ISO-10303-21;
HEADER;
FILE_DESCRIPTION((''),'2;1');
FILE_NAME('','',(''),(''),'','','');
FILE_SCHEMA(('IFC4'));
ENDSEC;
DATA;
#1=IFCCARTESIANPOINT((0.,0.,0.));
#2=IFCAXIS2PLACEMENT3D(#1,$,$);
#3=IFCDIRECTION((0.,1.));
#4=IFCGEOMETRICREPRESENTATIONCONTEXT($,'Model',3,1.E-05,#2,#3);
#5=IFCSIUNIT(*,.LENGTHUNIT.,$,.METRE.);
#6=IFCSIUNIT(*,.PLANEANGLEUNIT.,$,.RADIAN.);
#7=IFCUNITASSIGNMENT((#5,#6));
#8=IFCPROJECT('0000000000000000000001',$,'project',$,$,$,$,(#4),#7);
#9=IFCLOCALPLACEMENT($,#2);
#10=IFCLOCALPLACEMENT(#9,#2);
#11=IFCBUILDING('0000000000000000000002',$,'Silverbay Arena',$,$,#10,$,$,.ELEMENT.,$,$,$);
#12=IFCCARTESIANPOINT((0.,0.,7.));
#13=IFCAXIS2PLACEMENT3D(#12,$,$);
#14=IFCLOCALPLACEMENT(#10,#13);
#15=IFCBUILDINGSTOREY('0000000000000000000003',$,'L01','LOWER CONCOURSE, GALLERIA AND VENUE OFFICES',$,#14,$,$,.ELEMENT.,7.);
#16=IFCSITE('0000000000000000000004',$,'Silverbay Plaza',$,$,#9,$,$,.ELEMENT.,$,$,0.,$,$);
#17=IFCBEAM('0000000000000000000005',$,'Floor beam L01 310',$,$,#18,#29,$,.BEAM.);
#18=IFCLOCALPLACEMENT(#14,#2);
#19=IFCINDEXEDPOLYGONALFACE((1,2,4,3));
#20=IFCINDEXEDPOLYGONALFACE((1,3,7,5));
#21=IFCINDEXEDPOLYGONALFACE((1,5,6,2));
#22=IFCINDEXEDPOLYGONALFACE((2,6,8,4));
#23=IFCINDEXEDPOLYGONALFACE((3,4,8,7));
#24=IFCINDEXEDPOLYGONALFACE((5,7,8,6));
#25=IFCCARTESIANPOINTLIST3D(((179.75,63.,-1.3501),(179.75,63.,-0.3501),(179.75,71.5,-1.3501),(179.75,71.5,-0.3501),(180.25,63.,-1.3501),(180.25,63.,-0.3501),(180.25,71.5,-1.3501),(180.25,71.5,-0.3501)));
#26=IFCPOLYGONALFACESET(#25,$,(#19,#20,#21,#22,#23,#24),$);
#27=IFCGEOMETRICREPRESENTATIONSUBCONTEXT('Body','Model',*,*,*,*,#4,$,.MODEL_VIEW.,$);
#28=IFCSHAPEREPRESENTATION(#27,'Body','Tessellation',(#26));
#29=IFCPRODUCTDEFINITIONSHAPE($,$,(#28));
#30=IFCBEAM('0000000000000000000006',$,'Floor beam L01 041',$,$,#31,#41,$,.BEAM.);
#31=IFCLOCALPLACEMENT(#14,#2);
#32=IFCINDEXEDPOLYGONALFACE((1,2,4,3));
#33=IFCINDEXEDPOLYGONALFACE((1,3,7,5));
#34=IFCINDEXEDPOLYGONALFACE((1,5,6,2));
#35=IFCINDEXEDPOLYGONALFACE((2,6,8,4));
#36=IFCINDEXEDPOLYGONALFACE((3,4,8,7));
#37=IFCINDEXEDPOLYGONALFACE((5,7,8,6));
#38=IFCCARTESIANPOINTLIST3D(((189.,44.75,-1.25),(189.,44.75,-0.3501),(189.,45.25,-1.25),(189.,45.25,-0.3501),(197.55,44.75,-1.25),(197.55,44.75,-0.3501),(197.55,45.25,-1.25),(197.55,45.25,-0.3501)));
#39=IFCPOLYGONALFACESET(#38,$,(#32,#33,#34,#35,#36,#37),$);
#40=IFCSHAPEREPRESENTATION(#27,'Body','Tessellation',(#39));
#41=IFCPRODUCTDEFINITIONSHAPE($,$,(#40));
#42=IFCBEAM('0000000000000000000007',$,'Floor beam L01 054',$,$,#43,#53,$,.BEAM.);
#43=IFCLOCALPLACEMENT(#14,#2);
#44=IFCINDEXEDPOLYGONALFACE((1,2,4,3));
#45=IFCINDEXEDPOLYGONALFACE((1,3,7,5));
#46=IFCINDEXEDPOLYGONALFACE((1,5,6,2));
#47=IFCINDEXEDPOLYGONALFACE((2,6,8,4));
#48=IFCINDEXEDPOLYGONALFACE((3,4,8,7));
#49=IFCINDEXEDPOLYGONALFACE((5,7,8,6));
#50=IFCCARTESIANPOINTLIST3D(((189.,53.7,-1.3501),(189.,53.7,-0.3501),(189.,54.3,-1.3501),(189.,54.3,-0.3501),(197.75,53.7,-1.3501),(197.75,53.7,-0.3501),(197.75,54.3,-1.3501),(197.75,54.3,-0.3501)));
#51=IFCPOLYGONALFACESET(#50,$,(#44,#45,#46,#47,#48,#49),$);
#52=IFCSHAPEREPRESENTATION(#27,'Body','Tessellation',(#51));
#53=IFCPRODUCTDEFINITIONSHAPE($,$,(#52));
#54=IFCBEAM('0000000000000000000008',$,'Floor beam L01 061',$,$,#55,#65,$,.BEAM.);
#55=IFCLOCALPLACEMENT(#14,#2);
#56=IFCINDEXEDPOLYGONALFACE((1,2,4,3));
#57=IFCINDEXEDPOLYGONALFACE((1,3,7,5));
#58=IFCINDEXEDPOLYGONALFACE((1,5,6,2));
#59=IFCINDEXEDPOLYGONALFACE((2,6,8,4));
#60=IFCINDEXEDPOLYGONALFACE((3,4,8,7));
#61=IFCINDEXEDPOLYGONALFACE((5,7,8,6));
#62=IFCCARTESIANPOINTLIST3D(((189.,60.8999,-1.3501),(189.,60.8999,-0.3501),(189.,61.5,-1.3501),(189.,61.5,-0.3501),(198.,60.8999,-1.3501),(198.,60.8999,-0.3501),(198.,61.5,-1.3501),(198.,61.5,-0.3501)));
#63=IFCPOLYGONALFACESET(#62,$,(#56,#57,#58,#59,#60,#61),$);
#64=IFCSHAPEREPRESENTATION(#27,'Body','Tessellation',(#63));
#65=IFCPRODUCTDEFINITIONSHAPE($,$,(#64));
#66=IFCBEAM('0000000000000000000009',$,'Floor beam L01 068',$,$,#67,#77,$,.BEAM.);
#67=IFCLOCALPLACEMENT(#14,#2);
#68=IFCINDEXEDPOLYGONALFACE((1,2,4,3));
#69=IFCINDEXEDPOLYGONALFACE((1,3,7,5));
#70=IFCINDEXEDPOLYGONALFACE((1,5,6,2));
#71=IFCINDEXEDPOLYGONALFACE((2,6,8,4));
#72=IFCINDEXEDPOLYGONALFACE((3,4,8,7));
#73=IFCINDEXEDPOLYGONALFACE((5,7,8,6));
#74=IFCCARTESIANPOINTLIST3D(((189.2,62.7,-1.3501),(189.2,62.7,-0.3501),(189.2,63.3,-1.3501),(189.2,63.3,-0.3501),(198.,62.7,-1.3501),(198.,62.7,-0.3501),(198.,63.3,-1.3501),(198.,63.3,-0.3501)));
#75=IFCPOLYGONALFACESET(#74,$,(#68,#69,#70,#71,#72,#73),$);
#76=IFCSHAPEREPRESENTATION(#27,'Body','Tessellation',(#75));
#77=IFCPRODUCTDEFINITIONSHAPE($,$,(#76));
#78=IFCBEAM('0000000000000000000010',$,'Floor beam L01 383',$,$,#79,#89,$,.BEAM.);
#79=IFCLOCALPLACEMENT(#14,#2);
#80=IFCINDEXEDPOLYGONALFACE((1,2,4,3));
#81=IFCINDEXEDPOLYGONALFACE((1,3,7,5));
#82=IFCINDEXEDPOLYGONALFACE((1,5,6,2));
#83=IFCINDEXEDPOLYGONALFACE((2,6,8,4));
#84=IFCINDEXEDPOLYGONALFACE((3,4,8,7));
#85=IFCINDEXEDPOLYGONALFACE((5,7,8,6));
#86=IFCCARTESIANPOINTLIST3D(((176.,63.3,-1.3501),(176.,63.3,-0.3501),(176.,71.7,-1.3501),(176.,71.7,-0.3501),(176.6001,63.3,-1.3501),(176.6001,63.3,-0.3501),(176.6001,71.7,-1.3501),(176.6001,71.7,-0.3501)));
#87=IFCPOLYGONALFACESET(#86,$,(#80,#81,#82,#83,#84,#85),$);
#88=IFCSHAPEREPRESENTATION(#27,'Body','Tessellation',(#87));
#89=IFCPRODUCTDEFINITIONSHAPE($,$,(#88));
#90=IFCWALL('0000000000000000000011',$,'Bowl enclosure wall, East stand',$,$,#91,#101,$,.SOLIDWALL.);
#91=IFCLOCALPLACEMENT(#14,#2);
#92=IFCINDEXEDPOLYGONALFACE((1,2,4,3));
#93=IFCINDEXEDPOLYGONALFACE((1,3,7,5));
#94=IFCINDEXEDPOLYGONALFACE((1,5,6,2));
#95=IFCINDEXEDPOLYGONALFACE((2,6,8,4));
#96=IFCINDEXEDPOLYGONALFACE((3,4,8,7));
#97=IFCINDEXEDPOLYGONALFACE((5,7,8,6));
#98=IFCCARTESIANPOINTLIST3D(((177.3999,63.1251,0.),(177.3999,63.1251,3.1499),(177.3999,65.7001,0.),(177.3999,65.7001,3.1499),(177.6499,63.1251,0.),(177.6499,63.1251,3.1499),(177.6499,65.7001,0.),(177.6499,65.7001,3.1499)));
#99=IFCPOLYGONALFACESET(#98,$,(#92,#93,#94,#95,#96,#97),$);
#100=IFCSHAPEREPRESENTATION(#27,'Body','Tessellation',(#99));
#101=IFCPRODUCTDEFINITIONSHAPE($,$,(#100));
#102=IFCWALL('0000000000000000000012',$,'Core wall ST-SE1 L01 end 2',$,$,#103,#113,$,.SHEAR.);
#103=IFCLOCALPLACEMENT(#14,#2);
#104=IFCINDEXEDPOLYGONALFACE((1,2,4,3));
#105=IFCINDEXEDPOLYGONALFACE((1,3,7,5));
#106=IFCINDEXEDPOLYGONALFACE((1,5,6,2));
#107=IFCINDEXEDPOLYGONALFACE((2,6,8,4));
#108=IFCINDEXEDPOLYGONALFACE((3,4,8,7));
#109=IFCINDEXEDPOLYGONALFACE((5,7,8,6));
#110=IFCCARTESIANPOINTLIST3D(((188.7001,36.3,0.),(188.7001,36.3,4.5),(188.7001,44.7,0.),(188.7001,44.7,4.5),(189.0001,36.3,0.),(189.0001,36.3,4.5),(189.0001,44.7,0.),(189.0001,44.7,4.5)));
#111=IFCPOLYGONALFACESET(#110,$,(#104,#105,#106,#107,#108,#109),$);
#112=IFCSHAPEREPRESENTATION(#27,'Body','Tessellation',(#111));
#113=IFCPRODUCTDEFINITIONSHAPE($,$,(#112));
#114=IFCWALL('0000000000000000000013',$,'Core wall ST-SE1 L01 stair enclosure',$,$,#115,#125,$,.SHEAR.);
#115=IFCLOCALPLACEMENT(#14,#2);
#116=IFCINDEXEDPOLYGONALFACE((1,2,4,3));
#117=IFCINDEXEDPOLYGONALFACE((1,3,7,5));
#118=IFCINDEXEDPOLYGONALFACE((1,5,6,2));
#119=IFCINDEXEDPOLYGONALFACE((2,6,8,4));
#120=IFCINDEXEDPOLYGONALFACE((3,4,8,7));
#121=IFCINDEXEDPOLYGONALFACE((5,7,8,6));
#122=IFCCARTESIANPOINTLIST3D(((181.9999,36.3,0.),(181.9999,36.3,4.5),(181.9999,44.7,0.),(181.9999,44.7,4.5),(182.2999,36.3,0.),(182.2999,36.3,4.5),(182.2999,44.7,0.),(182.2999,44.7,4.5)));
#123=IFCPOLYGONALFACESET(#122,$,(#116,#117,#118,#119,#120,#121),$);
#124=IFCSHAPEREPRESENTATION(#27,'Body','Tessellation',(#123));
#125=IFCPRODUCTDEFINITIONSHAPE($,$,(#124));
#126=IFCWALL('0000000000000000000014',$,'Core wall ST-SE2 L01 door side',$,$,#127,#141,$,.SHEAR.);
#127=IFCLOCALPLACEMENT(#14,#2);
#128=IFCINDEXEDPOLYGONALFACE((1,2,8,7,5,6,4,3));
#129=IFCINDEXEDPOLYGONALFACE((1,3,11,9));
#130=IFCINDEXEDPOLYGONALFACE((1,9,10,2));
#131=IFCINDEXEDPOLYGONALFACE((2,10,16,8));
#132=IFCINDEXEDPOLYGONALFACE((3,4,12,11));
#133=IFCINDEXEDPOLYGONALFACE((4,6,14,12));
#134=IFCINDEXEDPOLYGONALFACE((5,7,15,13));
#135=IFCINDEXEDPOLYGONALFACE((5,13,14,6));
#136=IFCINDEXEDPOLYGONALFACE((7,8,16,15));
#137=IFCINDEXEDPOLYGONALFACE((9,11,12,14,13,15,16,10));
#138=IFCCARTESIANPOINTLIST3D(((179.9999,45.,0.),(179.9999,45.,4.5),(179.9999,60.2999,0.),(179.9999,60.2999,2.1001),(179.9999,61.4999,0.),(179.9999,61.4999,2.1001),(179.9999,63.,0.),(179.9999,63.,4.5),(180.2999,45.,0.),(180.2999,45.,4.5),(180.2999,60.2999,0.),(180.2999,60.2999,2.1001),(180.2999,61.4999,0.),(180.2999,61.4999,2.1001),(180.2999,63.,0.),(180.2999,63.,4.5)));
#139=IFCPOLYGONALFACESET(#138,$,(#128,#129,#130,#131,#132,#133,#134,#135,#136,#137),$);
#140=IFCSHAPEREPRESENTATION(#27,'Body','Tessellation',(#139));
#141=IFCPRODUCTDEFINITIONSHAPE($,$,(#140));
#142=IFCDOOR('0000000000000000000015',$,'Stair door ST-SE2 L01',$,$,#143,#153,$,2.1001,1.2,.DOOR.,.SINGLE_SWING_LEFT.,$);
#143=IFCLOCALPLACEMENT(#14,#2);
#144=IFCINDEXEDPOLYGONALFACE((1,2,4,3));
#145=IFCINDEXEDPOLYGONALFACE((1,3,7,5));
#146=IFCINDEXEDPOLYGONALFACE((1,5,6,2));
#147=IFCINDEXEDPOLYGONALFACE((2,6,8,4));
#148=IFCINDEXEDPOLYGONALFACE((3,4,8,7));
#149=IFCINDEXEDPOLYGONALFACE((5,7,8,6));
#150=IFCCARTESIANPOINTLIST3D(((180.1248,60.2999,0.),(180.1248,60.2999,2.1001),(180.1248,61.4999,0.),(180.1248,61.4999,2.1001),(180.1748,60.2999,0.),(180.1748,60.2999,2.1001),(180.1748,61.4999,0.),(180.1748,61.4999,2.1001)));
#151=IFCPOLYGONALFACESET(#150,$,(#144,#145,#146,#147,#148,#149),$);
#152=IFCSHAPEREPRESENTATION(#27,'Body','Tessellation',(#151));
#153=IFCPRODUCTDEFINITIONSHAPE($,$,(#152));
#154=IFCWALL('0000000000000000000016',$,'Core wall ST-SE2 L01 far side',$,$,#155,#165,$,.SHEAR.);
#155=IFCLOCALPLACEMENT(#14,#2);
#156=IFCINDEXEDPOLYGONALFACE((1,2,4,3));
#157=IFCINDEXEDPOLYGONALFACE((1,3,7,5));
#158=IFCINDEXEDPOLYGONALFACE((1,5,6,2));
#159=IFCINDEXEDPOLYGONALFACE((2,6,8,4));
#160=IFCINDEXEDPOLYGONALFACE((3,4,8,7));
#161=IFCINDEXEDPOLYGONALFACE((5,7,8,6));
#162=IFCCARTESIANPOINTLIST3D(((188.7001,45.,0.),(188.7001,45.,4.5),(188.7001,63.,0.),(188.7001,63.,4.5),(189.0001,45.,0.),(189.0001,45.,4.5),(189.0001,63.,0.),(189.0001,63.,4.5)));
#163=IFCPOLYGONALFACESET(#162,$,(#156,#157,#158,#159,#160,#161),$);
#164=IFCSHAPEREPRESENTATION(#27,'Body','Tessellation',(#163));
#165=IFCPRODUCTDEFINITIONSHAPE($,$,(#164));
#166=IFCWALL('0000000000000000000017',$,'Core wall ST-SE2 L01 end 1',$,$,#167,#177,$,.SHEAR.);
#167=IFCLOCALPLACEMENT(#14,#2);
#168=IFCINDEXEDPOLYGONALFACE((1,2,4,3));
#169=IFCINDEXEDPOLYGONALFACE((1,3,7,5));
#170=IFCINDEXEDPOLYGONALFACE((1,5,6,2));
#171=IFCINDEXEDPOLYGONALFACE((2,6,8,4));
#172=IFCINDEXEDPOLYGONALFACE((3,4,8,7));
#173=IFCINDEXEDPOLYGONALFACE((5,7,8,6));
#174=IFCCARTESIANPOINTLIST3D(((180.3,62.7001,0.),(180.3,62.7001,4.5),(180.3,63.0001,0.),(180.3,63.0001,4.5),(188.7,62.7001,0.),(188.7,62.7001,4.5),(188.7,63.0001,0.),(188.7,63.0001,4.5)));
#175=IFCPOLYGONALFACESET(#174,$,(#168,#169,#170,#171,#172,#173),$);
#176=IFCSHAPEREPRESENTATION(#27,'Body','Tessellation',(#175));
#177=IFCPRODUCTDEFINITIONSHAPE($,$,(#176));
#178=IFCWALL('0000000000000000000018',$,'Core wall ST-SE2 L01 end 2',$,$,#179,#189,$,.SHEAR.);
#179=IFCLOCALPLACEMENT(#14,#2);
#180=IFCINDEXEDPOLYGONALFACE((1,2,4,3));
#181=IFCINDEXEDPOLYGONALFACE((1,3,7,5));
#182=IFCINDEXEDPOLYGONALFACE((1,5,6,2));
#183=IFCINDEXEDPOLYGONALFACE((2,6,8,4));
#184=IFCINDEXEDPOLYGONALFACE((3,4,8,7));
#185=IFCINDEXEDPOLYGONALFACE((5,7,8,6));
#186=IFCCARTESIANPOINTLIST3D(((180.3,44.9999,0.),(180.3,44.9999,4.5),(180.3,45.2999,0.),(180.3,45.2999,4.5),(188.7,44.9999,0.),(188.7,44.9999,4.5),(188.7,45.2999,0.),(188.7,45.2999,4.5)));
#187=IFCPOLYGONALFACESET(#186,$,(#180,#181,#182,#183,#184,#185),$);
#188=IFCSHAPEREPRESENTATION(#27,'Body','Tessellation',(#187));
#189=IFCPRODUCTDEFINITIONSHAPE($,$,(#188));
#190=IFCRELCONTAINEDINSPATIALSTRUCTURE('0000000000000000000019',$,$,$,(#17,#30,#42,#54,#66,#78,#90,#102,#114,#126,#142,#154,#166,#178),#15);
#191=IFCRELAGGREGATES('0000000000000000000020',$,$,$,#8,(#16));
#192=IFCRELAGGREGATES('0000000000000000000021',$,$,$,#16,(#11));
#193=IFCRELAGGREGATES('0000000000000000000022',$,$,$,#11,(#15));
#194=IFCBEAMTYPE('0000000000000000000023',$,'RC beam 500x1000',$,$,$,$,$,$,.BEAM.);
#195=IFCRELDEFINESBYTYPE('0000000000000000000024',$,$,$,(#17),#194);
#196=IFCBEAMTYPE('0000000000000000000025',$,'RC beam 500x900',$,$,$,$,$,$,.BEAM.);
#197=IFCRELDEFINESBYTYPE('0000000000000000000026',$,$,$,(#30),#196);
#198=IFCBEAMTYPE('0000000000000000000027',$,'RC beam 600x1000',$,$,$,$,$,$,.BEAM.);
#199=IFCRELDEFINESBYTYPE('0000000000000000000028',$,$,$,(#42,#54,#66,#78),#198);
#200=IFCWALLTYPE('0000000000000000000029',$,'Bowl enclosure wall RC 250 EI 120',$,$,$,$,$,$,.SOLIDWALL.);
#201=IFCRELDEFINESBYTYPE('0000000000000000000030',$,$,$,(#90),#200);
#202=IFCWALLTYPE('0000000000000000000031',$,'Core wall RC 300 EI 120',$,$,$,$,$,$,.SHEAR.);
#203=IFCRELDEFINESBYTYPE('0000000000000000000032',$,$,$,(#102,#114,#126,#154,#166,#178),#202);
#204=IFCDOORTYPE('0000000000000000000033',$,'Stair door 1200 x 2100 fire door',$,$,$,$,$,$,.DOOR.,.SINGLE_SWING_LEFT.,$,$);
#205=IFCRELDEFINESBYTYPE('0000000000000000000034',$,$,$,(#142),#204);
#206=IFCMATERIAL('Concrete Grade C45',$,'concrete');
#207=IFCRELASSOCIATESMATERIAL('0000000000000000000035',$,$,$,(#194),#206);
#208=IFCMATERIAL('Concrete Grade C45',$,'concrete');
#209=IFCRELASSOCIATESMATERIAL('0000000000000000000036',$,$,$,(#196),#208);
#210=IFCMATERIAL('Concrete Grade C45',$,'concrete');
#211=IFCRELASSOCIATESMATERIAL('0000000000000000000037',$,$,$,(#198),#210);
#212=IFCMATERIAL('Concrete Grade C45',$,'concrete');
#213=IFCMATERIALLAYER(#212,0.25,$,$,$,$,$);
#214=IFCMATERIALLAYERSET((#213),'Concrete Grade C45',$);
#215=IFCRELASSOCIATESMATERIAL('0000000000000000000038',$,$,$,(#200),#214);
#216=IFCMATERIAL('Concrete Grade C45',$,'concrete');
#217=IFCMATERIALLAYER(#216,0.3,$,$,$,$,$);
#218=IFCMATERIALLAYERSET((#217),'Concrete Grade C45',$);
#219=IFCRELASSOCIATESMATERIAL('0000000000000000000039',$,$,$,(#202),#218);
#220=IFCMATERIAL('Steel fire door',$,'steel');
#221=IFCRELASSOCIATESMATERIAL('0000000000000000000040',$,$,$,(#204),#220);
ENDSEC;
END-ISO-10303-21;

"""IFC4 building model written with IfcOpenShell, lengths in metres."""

from ifc_helpers import new_model, si_unit, direction, frame, frame_2d, origin, origin_2d, place, context, subcontext, project, spatial, rectangle, extrude, material, layer, layer_set, material_profile, profile_set, type_object, element, fill, save


model = new_model("IFC4")

# Units and contexts
model_context = context("Model", 3, precision=1e-05, world=origin(), true_north=direction((0.0, 1.0)))
body_context = subcontext(model_context, "Body", "Model", "MODEL_VIEW")
ifc_project = project(units=[si_unit("LENGTHUNIT", "METRE"), si_unit("PLANEANGLEUNIT", "RADIAN")], contexts=[model_context])

# Site, building, storey
site_placement = place(None, origin())
site = spatial("IfcSite", under=ifc_project, at=site_placement, Name="Silverbay Plaza", CompositionType="ELEMENT", RefElevation=0.0)
building_placement = place(site_placement, origin())
building = spatial("IfcBuilding", under=site, at=building_placement, Name="Silverbay Arena", CompositionType="ELEMENT")
storey_placement = place(building_placement, frame((0.0, 0.0, 7.0)))
storey = spatial("IfcBuildingStorey", under=building, at=storey_placement, Name="L01", Description="LOWER CONCOURSE, GALLERIA AND VENUE OFFICES", CompositionType="ELEMENT", Elevation=7.0)

# Beams
ifc_material_1 = material(Name="Concrete Grade C45", Category="concrete")
ifc_material_profile_1 = material_profile(ifc_material_1, rectangle(XDim=0.5, YDim=1.0, at=origin_2d()), Name="RC 500x1000")
ifc_profile_set_1 = profile_set([ifc_material_profile_1], Name="Concrete Grade C45")
beam_type_1 = type_object("IfcBeamType", Name="RC beam 500x1000", PredefinedType="BEAM", material=ifc_profile_set_1)
beam_1_placement = place(storey_placement, frame((180.0, 63.0, -0.8501), z_axis=(0.0, 1.0, 0.0), x_axis=(-1.0, 0.0, 0.0)))
element("IfcBeam", 1, at=beam_1_placement, inside=storey, type_object=beam_type_1, Name="Floor beam L01 310", PredefinedType="BEAM", context=body_context, shape_type="SweptSolid", body=[
    extrude(rectangle(XDim=0.5, YDim=1.0, at=origin_2d()), origin(), (0.0, 0.0, 1.0), 8.5),
])
ifc_material_2 = material(Name="Concrete Grade C45", Category="concrete")
ifc_material_profile_2 = material_profile(ifc_material_2, rectangle(XDim=0.5, YDim=0.8999, at=origin_2d()), Name="RC 500x900")
ifc_profile_set_2 = profile_set([ifc_material_profile_2], Name="Concrete Grade C45")
beam_type_2 = type_object("IfcBeamType", Name="RC beam 500x900", PredefinedType="BEAM", material=ifc_profile_set_2)
beam_2_placement = place(storey_placement, frame((189.0, 45.0, -0.8), z_axis=(1.0, 0.0, 0.0), x_axis=(0.0, 1.0, 0.0)))
element("IfcBeam", 2, at=beam_2_placement, inside=storey, type_object=beam_type_2, Name="Floor beam L01 041", PredefinedType="BEAM", context=body_context, shape_type="SweptSolid", body=[
    extrude(rectangle(XDim=0.5, YDim=0.8999, at=origin_2d()), origin(), (0.0, 0.0, 1.0), 8.55),
])
ifc_material_3 = material(Name="Concrete Grade C45", Category="concrete")
ifc_material_profile_3 = material_profile(ifc_material_3, rectangle(XDim=0.6001, YDim=1.0, at=origin_2d()), Name="RC 600x1000")
ifc_profile_set_3 = profile_set([ifc_material_profile_3], Name="Concrete Grade C45")
beam_type_3 = type_object("IfcBeamType", Name="RC beam 600x1000", PredefinedType="BEAM", material=ifc_profile_set_3)
beam_3_placement = place(storey_placement, frame((189.0, 54.0, -0.8501), z_axis=(1.0, 0.0, 0.0), x_axis=(0.0, 1.0, 0.0)))
element("IfcBeam", 3, at=beam_3_placement, inside=storey, type_object=beam_type_3, Name="Floor beam L01 054", PredefinedType="BEAM", context=body_context, shape_type="SweptSolid", body=[
    extrude(rectangle(XDim=0.6001, YDim=1.0, at=origin_2d()), origin(), (0.0, 0.0, 1.0), 8.75),
])
beam_4_placement = place(storey_placement, frame((189.0, 61.2, -0.8501), z_axis=(1.0, 0.0, 0.0), x_axis=(0.0, 1.0, 0.0)))
element("IfcBeam", 4, at=beam_4_placement, inside=storey, type_object=beam_type_3, Name="Floor beam L01 061", PredefinedType="BEAM", context=body_context, shape_type="SweptSolid", body=[
    extrude(rectangle(XDim=0.6001, YDim=1.0, at=origin_2d()), origin(), (0.0, 0.0, 1.0), 9.0),
])
beam_5_placement = place(storey_placement, frame((189.2, 63.0, -0.8501), z_axis=(1.0, 0.0, 0.0), x_axis=(0.0, 1.0, 0.0)))
element("IfcBeam", 5, at=beam_5_placement, inside=storey, type_object=beam_type_3, Name="Floor beam L01 068", PredefinedType="BEAM", context=body_context, shape_type="SweptSolid", body=[
    extrude(rectangle(XDim=0.6001, YDim=1.0, at=origin_2d()), origin(), (0.0, 0.0, 1.0), 8.8),
])
beam_6_placement = place(storey_placement, frame((176.3, 63.3, -0.8501), z_axis=(0.0, 1.0, 0.0), x_axis=(-1.0, 0.0, 0.0)))
element("IfcBeam", 6, at=beam_6_placement, inside=storey, type_object=beam_type_3, Name="Floor beam L01 383", PredefinedType="BEAM", context=body_context, shape_type="SweptSolid", body=[
    extrude(rectangle(XDim=0.6001, YDim=1.0, at=origin_2d()), origin(), (0.0, 0.0, 1.0), 8.3999),
])

# Shared definitions
ifc_material_4 = material(Name="Concrete Grade C45", Category="concrete")
ifc_layer_1 = layer(ifc_material_4, 0.25)
ifc_layer_set_1 = layer_set([ifc_layer_1], Name="Concrete Grade C45")
wall_type_1 = type_object("IfcWallType", Name="Bowl enclosure wall RC 250 EI 120", PredefinedType="SOLIDWALL", material=ifc_layer_set_1)

# Walls
wall_1_placement = place(storey_placement, frame((177.5249, 63.125, 0.0), z_axis=(0.0, 0.0, 1.0), x_axis=(0.0, 1.0, 0.0)))
element("IfcWall", 7, at=wall_1_placement, inside=storey, type_object=wall_type_1, Name="Bowl enclosure wall, East stand", PredefinedType="SOLIDWALL", context=body_context, shape_type="SweptSolid", body=[
    extrude(rectangle(XDim=2.575, YDim=0.25, at=frame_2d((1.2876, 0.0))), origin(), (0.0, 0.0, 1.0), 3.1499),
])
ifc_material_5 = material(Name="Concrete Grade C45", Category="concrete")
ifc_layer_2 = layer(ifc_material_5, 0.3)
ifc_layer_set_2 = layer_set([ifc_layer_2], Name="Concrete Grade C45")
wall_type_2 = type_object("IfcWallType", Name="Core wall RC 300 EI 120", PredefinedType="SHEAR", material=ifc_layer_set_2)
for number, where, z_axis, x_axis, name in (
    (8, (188.8501, 44.7, 0.0), (0.0, 0.0, 1.0), (0.0, -1.0, 0.0), "Core wall ST-SE1 L01 end 2"),
    (9, (182.1499, 44.7, 0.0), (0.0, 0.0, 1.0), (0.0, -1.0, 0.0), "Core wall ST-SE1 L01 stair enclosure"),
):
    element("IfcWall", number, at=place(storey_placement, frame(where, z_axis=z_axis, x_axis=x_axis)), inside=storey, type_object=wall_type_2, Name=name, PredefinedType="SHEAR", context=body_context, shape_type="SweptSolid", body=[
        extrude(rectangle(XDim=8.3999, YDim=0.3, at=frame_2d((4.2, 0.0))), origin(), (0.0, 0.0, 1.0), 4.5),
    ])

# Wall, opening, door
wall_2_placement = place(storey_placement, frame((180.1499, 63.0, 0.0), z_axis=(0.0, 0.0, 1.0), x_axis=(0.0, -1.0, 0.0)))
wall_2 = element("IfcWall", 10, at=wall_2_placement, inside=storey, type_object=wall_type_2, Name="Core wall ST-SE2 L01 door side", PredefinedType="SHEAR", context=body_context, shape_type="SweptSolid", body=[
    extrude(rectangle(XDim=18.0, YDim=0.3, at=frame_2d((9.0, 0.0))), origin(), (0.0, 0.0, 1.0), 4.5),
])
opening_1_placement = place(wall_2_placement, frame((1.5, 0.0, 0.0)))
opening_1 = element("IfcOpeningElement", 11, at=opening_1_placement, cuts=wall_2, PredefinedType="OPENING", context=body_context, shape_type="SweptSolid", body=[
    extrude(rectangle(XDim=1.2, YDim=2.1001, at=frame_2d((0.6001, 1.05))), frame((0.0, 0.1602, 0.0), z_axis=(0.0, -1.0, 0.0), x_axis=(1.0, 0.0, 0.0)), (0.0, 0.0, 1.0), 0.3201),
])
ifc_material_6 = material(Name="Steel fire door", Category="steel")
door_type_1 = type_object("IfcDoorType", Name="Stair door 1200 x 2100 fire door", OperationType="SINGLE_SWING_LEFT", PredefinedType="DOOR", material=ifc_material_6)
door_1_placement = place(opening_1_placement, origin())
door_1 = element("IfcDoor", 12, at=door_1_placement, inside=storey, type_object=door_type_1, Name="Stair door ST-SE2 L01", OperationType="SINGLE_SWING_LEFT", OverallHeight=2.1001, OverallWidth=1.2, PredefinedType="DOOR", context=body_context, shape_type="SweptSolid", body=[
    extrude(rectangle(XDim=1.2, YDim=2.1001, at=frame_2d((0.6001, 1.05))), frame((0.0, 0.0249, 0.0), z_axis=(0.0, -1.0, 0.0), x_axis=(1.0, 0.0, 0.0)), (0.0, 0.0, 1.0), 0.05),
])
fill(opening_1, door_1)

# Walls
wall_3_placement = place(storey_placement, frame((188.8501, 63.0, 0.0), z_axis=(0.0, 0.0, 1.0), x_axis=(0.0, -1.0, 0.0)))
element("IfcWall", 13, at=wall_3_placement, inside=storey, type_object=wall_type_2, Name="Core wall ST-SE2 L01 far side", PredefinedType="SHEAR", context=body_context, shape_type="SweptSolid", body=[
    extrude(rectangle(XDim=18.0, YDim=0.3, at=frame_2d((9.0, 0.0))), origin(), (0.0, 0.0, 1.0), 4.5),
])
for number, where, z_axis, x_axis, name in (
    (14, (180.3, 62.8501, 0.0), (0.0, 0.0, 1.0), (1.0, 0.0, 0.0), "Core wall ST-SE2 L01 end 1"),
    (15, (180.3, 45.1499, 0.0), (0.0, 0.0, 1.0), (1.0, 0.0, 0.0), "Core wall ST-SE2 L01 end 2"),
):
    element("IfcWall", number, at=place(storey_placement, frame(where, z_axis=z_axis, x_axis=x_axis)), inside=storey, type_object=wall_type_2, Name=name, PredefinedType="SHEAR", context=body_context, shape_type="SweptSolid", body=[
        extrude(rectangle(XDim=8.3999, YDim=0.3, at=frame_2d((4.2, 0.0))), origin(), (0.0, 0.0, 1.0), 4.5),
    ])

save(model, "model.ifc")
